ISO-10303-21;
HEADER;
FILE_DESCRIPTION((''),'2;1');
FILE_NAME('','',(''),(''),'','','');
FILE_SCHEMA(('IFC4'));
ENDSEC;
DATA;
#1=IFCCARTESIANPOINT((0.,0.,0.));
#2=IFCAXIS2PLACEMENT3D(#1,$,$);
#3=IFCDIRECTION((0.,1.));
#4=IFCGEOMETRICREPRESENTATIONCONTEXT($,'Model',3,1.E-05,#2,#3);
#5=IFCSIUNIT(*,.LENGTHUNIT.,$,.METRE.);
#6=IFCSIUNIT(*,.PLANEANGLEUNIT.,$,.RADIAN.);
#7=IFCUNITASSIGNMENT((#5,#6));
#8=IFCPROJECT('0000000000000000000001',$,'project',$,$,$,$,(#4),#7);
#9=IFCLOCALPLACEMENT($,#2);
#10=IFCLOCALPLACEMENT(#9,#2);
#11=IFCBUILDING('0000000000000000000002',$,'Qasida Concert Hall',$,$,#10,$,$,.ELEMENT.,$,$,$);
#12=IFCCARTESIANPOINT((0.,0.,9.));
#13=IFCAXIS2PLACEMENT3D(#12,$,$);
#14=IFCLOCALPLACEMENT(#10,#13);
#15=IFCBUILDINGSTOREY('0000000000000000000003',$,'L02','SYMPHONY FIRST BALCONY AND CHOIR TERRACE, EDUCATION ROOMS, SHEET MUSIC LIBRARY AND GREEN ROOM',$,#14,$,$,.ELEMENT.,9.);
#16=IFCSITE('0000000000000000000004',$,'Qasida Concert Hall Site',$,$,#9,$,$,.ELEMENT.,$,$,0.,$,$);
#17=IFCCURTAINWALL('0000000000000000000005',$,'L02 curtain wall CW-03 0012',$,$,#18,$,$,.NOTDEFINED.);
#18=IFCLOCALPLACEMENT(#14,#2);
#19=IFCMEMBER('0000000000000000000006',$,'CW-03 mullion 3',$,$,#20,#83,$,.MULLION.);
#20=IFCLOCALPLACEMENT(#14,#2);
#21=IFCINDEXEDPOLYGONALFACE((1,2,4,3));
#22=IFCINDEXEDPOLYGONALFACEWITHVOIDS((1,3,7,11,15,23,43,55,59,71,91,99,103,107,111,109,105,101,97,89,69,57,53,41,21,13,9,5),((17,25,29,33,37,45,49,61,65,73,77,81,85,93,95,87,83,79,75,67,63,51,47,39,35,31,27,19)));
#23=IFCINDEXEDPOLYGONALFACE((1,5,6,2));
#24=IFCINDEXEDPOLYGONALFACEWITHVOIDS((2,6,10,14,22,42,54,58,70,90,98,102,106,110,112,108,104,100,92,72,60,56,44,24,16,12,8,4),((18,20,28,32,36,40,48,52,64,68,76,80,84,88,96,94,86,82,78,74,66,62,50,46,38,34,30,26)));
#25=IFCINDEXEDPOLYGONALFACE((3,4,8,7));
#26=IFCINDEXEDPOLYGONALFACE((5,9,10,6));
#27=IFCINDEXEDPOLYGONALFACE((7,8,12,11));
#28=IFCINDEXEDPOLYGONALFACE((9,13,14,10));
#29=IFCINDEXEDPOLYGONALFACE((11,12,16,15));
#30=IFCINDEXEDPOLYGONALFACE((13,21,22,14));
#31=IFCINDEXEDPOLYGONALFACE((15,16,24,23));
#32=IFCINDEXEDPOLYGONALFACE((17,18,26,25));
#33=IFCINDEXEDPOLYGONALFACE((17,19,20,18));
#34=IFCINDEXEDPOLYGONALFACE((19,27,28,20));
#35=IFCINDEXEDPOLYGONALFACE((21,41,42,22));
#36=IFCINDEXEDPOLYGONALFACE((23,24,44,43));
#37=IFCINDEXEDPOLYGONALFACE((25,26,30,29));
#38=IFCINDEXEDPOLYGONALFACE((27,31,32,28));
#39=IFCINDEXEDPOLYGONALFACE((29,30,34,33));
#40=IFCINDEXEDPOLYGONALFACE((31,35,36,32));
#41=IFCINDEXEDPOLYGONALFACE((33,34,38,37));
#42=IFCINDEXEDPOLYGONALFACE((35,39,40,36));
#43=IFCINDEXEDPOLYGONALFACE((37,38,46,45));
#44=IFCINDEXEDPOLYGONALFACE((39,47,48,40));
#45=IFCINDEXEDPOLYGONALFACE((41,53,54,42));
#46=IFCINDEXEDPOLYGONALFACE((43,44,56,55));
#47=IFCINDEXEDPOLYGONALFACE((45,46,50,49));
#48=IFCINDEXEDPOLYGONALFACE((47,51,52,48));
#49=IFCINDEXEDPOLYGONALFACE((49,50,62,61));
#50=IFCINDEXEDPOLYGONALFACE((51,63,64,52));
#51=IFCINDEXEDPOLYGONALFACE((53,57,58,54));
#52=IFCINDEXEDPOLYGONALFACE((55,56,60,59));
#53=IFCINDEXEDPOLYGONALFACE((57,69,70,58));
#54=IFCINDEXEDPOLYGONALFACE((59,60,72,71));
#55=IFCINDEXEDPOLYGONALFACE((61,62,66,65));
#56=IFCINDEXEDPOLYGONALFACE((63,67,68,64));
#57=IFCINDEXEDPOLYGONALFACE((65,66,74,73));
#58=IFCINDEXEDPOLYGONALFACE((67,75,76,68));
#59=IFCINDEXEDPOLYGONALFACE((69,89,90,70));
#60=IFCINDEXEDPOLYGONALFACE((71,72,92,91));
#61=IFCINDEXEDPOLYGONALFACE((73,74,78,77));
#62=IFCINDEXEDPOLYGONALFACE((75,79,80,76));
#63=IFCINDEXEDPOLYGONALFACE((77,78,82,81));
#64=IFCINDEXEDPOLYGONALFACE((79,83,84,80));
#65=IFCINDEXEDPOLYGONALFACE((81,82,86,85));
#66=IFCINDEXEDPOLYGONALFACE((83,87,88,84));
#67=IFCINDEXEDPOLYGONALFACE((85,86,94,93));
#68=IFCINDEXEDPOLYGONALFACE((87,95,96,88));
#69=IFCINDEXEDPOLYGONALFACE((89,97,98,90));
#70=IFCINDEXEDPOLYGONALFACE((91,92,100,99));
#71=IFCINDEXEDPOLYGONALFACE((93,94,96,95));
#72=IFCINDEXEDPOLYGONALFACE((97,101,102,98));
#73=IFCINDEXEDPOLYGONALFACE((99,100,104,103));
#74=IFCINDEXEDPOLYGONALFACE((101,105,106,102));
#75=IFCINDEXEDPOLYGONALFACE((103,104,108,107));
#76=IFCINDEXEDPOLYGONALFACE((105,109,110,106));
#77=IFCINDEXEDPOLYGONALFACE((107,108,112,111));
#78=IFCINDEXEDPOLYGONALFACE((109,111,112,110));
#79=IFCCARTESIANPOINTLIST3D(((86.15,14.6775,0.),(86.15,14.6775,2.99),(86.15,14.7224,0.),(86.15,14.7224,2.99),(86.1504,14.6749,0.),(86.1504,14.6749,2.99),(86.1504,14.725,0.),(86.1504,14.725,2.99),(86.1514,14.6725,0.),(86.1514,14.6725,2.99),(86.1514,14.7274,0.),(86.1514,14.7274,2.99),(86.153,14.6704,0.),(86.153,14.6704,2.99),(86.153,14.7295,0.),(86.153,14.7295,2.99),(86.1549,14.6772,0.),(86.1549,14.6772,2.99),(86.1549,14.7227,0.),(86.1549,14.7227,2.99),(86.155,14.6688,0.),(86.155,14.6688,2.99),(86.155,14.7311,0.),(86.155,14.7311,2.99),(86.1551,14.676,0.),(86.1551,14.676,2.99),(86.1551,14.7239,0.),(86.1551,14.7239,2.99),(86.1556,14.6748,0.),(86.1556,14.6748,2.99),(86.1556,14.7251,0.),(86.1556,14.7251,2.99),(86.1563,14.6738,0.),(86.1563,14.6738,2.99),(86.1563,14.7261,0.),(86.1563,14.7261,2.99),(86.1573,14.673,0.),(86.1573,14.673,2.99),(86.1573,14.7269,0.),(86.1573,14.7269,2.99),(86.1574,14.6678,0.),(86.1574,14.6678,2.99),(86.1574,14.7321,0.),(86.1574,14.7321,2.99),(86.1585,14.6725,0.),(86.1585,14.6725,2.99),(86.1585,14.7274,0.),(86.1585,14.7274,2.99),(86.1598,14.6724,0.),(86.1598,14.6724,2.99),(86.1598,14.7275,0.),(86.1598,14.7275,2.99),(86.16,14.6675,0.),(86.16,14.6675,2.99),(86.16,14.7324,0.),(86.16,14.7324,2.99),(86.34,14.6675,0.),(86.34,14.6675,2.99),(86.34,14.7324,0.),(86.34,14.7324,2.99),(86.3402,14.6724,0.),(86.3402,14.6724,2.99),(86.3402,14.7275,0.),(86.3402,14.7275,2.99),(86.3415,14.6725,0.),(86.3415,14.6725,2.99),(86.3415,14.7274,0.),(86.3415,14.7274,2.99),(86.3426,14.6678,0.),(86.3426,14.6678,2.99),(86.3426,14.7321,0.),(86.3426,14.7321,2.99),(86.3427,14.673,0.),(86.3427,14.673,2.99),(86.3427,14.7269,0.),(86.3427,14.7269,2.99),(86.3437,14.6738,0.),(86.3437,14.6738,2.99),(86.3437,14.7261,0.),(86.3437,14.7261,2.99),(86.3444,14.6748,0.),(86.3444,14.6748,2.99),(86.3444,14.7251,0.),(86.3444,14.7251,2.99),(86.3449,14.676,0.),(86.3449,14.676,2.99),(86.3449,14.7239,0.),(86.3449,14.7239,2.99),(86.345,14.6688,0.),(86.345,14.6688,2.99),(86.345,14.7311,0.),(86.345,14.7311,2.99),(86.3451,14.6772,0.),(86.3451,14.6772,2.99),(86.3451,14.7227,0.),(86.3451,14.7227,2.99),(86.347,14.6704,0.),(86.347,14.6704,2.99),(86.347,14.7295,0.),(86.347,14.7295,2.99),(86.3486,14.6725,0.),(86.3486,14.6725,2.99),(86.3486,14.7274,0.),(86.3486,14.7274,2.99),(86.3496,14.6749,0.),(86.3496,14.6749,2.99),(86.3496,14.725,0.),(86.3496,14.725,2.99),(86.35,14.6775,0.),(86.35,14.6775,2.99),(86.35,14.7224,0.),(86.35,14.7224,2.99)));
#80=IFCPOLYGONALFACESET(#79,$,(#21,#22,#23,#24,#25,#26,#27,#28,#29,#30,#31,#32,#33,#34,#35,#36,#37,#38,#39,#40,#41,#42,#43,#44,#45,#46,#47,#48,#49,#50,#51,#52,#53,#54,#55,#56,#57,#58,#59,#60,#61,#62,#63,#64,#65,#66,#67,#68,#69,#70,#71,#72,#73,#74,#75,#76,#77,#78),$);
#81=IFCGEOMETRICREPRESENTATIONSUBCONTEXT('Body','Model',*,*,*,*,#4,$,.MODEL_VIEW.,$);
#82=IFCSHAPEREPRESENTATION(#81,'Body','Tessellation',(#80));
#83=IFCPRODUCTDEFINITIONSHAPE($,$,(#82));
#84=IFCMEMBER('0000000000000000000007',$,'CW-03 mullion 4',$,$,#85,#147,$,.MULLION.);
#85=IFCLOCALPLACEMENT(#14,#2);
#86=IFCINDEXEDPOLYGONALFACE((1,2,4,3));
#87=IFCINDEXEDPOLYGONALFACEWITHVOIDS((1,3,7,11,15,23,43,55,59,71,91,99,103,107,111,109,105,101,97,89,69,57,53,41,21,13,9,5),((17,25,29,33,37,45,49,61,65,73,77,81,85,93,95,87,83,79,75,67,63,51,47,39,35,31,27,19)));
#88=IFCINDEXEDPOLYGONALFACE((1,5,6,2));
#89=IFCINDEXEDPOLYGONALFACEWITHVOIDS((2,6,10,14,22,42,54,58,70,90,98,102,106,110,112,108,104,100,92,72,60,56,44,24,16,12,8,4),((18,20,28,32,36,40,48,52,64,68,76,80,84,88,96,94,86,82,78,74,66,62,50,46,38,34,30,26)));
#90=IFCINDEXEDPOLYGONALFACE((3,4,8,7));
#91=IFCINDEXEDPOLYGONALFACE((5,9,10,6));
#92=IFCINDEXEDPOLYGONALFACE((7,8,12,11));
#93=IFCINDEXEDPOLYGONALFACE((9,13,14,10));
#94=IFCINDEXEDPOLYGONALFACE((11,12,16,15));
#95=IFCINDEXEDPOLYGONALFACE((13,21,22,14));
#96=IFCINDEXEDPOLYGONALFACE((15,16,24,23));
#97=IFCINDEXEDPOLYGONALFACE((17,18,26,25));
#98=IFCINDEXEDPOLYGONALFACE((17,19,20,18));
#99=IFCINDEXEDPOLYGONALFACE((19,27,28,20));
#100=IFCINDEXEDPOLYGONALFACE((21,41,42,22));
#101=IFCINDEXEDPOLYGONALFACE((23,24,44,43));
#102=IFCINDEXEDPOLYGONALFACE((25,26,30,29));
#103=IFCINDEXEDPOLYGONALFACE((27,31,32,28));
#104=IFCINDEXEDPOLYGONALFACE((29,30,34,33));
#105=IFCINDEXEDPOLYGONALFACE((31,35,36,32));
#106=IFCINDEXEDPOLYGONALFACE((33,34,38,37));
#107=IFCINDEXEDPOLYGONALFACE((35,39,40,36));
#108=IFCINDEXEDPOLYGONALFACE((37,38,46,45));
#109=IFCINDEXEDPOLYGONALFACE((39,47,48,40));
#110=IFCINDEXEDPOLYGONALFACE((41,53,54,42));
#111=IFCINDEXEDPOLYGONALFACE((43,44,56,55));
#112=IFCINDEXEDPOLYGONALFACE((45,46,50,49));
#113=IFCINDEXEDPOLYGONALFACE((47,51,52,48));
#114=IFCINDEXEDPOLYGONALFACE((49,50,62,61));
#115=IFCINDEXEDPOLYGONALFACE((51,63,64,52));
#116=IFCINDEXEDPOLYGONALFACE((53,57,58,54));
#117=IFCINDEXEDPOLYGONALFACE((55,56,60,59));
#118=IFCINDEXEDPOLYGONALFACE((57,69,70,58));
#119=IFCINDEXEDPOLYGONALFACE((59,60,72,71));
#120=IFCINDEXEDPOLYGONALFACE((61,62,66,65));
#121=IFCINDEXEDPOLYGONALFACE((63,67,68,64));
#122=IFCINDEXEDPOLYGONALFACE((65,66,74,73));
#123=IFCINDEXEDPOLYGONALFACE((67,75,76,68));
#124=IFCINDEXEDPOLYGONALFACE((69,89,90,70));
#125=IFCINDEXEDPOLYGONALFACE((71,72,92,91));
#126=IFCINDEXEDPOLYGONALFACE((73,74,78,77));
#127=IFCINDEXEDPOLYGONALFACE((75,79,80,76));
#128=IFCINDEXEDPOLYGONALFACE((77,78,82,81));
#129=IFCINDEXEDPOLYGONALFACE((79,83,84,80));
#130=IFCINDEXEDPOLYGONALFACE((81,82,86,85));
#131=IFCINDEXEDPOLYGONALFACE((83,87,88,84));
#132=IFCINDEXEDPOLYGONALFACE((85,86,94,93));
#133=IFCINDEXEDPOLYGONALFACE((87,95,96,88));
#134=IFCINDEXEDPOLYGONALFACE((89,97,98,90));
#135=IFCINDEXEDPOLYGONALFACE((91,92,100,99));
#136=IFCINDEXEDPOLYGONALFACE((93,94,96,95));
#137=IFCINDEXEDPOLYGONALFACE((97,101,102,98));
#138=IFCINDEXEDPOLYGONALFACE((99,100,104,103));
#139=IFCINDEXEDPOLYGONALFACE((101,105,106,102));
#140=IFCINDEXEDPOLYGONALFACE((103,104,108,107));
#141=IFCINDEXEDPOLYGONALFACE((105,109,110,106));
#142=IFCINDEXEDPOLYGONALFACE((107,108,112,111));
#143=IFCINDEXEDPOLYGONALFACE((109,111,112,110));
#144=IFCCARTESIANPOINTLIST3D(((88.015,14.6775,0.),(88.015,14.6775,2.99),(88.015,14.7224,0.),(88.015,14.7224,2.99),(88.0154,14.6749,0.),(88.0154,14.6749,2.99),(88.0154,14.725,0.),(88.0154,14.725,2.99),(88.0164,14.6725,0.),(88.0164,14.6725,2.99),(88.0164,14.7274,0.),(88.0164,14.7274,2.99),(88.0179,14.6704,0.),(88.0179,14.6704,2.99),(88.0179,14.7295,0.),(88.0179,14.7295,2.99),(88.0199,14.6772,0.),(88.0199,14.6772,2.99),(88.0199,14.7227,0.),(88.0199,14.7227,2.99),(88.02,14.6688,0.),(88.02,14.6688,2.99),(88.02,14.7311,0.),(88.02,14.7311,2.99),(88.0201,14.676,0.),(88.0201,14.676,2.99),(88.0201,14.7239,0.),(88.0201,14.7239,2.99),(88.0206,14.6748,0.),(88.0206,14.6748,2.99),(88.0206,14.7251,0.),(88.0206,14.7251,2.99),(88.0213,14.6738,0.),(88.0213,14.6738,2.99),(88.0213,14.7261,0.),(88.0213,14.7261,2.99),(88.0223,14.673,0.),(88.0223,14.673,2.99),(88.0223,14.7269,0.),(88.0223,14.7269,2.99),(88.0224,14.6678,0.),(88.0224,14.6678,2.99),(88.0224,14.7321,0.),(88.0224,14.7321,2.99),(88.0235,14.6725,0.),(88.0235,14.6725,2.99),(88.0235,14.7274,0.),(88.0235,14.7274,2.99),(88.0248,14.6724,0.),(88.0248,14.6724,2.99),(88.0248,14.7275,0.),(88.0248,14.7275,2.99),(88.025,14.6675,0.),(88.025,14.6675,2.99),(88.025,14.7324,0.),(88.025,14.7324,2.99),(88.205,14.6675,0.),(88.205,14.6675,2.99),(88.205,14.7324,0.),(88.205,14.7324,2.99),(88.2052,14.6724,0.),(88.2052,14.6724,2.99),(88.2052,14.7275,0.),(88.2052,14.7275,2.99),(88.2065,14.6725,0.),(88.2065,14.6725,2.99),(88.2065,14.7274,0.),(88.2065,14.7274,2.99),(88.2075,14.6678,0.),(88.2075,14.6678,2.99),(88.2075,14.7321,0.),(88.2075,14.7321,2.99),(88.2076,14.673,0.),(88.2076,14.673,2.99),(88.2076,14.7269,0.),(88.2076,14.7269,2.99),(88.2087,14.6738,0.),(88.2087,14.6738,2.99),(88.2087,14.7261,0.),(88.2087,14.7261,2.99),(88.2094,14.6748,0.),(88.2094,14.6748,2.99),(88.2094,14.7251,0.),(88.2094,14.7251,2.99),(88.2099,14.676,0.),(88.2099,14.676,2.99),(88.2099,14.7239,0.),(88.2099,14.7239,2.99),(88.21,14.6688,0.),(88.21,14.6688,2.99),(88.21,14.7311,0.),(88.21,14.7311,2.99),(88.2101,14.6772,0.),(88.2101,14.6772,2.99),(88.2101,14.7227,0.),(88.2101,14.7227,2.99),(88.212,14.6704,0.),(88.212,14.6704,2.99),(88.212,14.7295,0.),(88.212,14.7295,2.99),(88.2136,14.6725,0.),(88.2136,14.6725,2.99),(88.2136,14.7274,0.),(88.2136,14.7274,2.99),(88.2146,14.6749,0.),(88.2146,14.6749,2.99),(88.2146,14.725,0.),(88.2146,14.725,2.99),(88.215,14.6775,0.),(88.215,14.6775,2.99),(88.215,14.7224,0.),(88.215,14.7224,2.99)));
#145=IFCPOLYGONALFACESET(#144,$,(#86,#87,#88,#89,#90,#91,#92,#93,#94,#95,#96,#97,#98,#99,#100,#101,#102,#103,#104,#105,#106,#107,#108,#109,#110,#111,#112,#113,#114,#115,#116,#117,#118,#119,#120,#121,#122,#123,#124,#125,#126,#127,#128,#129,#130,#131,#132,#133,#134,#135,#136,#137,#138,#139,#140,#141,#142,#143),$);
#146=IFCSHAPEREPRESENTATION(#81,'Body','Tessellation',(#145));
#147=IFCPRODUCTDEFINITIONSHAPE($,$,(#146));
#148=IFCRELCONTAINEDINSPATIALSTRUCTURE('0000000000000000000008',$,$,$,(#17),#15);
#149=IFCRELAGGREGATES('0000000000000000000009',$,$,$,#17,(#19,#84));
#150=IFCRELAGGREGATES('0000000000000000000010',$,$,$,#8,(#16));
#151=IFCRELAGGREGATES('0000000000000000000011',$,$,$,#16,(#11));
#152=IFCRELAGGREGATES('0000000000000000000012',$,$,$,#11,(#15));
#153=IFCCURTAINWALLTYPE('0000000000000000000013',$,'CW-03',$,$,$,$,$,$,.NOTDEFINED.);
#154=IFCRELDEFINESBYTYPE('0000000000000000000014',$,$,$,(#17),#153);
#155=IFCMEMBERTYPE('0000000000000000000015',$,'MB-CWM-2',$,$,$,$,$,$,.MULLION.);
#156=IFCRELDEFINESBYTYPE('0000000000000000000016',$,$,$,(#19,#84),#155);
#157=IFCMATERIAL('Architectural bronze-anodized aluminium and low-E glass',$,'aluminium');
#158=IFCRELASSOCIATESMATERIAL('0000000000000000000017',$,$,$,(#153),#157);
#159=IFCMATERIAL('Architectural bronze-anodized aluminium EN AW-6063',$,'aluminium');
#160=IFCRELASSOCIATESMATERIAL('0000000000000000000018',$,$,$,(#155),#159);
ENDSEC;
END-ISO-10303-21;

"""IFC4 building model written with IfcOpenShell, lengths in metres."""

from ifc_helpers import new_model, si_unit, direction, frame, origin, origin_2d, place, context, subcontext, project, spatial, hollow_rectangle, extrude, material, material_profile, profile_set, type_object, element, aggregate, save


model = new_model("IFC4")

# Units and contexts
model_context = context("Model", 3, precision=1e-05, world=origin(), true_north=direction((0.0, 1.0)))
body_context = subcontext(model_context, "Body", "Model", "MODEL_VIEW")
ifc_project = project(units=[si_unit("LENGTHUNIT", "METRE"), si_unit("PLANEANGLEUNIT", "RADIAN")], contexts=[model_context])

# Site, building, storey
site_placement = place(None, origin())
site = spatial("IfcSite", under=ifc_project, at=site_placement, Name="Qasida Concert Hall Site", CompositionType="ELEMENT", RefElevation=0.0)
building_placement = place(site_placement, origin())
building = spatial("IfcBuilding", under=site, at=building_placement, Name="Qasida Concert Hall", CompositionType="ELEMENT")
storey_placement = place(building_placement, frame((0.0, 0.0, 9.0)))
storey = spatial("IfcBuildingStorey", under=building, at=storey_placement, Name="L02", Description="SYMPHONY FIRST BALCONY AND CHOIR TERRACE, EDUCATION ROOMS, SHEET MUSIC LIBRARY AND GREEN ROOM", CompositionType="ELEMENT", Elevation=9.0)

# Curtain wall, members
ifc_material_1 = material(Name="Architectural bronze-anodized aluminium and low-E glass", Category="aluminium")
curtain_wall_type = type_object("IfcCurtainWallType", Name="CW-03", PredefinedType="NOTDEFINED", material=ifc_material_1)
curtain_wall_placement = place(storey_placement, origin())
curtain_wall = element("IfcCurtainWall", 1, at=curtain_wall_placement, inside=storey, type_object=curtain_wall_type, Name="L02 curtain wall CW-03 0012", PredefinedType="NOTDEFINED")
ifc_material_2 = material(Name="Architectural bronze-anodized aluminium EN AW-6063", Category="aluminium")
ifc_material_profile_1 = material_profile(ifc_material_2, hollow_rectangle(XDim=0.0649, YDim=0.2, WallThickness=0.0049, InnerFilletRadius=0.0049, OuterFilletRadius=0.01, at=origin_2d()), Name="CWM 200x65x5")
ifc_profile_set_1 = profile_set([ifc_material_profile_1], Name="Architectural bronze-anodized aluminium EN AW-6063")
member_type_1 = type_object("IfcMemberType", Name="MB-CWM-2", PredefinedType="MULLION", material=ifc_profile_set_1)
member_1_placement = place(storey_placement, frame((86.25, 14.7, 0.0), z_axis=(0.0, 0.0, 1.0), x_axis=(0.0, 1.0, 0.0)))
member_1 = element("IfcMember", 2, at=member_1_placement, type_object=member_type_1, Name="CW-03 mullion 3", PredefinedType="MULLION", context=body_context, shape_type="SweptSolid", body=[
    extrude(hollow_rectangle(XDim=0.0649, YDim=0.2, WallThickness=0.0049, InnerFilletRadius=0.0049, OuterFilletRadius=0.01, at=origin_2d()), origin(), (0.0, 0.0, 1.0), 2.99),
])
member_2_placement = place(storey_placement, frame((88.115, 14.7, 0.0), z_axis=(0.0, 0.0, 1.0), x_axis=(0.0, 1.0, 0.0)))
member_2 = element("IfcMember", 3, at=member_2_placement, type_object=member_type_1, Name="CW-03 mullion 4", PredefinedType="MULLION", context=body_context, shape_type="SweptSolid", body=[
    extrude(hollow_rectangle(XDim=0.0649, YDim=0.2, WallThickness=0.0049, InnerFilletRadius=0.0049, OuterFilletRadius=0.01, at=origin_2d()), origin(), (0.0, 0.0, 1.0), 2.99),
])
aggregate(curtain_wall, [member_1, member_2])

save(model, "model.ifc")
